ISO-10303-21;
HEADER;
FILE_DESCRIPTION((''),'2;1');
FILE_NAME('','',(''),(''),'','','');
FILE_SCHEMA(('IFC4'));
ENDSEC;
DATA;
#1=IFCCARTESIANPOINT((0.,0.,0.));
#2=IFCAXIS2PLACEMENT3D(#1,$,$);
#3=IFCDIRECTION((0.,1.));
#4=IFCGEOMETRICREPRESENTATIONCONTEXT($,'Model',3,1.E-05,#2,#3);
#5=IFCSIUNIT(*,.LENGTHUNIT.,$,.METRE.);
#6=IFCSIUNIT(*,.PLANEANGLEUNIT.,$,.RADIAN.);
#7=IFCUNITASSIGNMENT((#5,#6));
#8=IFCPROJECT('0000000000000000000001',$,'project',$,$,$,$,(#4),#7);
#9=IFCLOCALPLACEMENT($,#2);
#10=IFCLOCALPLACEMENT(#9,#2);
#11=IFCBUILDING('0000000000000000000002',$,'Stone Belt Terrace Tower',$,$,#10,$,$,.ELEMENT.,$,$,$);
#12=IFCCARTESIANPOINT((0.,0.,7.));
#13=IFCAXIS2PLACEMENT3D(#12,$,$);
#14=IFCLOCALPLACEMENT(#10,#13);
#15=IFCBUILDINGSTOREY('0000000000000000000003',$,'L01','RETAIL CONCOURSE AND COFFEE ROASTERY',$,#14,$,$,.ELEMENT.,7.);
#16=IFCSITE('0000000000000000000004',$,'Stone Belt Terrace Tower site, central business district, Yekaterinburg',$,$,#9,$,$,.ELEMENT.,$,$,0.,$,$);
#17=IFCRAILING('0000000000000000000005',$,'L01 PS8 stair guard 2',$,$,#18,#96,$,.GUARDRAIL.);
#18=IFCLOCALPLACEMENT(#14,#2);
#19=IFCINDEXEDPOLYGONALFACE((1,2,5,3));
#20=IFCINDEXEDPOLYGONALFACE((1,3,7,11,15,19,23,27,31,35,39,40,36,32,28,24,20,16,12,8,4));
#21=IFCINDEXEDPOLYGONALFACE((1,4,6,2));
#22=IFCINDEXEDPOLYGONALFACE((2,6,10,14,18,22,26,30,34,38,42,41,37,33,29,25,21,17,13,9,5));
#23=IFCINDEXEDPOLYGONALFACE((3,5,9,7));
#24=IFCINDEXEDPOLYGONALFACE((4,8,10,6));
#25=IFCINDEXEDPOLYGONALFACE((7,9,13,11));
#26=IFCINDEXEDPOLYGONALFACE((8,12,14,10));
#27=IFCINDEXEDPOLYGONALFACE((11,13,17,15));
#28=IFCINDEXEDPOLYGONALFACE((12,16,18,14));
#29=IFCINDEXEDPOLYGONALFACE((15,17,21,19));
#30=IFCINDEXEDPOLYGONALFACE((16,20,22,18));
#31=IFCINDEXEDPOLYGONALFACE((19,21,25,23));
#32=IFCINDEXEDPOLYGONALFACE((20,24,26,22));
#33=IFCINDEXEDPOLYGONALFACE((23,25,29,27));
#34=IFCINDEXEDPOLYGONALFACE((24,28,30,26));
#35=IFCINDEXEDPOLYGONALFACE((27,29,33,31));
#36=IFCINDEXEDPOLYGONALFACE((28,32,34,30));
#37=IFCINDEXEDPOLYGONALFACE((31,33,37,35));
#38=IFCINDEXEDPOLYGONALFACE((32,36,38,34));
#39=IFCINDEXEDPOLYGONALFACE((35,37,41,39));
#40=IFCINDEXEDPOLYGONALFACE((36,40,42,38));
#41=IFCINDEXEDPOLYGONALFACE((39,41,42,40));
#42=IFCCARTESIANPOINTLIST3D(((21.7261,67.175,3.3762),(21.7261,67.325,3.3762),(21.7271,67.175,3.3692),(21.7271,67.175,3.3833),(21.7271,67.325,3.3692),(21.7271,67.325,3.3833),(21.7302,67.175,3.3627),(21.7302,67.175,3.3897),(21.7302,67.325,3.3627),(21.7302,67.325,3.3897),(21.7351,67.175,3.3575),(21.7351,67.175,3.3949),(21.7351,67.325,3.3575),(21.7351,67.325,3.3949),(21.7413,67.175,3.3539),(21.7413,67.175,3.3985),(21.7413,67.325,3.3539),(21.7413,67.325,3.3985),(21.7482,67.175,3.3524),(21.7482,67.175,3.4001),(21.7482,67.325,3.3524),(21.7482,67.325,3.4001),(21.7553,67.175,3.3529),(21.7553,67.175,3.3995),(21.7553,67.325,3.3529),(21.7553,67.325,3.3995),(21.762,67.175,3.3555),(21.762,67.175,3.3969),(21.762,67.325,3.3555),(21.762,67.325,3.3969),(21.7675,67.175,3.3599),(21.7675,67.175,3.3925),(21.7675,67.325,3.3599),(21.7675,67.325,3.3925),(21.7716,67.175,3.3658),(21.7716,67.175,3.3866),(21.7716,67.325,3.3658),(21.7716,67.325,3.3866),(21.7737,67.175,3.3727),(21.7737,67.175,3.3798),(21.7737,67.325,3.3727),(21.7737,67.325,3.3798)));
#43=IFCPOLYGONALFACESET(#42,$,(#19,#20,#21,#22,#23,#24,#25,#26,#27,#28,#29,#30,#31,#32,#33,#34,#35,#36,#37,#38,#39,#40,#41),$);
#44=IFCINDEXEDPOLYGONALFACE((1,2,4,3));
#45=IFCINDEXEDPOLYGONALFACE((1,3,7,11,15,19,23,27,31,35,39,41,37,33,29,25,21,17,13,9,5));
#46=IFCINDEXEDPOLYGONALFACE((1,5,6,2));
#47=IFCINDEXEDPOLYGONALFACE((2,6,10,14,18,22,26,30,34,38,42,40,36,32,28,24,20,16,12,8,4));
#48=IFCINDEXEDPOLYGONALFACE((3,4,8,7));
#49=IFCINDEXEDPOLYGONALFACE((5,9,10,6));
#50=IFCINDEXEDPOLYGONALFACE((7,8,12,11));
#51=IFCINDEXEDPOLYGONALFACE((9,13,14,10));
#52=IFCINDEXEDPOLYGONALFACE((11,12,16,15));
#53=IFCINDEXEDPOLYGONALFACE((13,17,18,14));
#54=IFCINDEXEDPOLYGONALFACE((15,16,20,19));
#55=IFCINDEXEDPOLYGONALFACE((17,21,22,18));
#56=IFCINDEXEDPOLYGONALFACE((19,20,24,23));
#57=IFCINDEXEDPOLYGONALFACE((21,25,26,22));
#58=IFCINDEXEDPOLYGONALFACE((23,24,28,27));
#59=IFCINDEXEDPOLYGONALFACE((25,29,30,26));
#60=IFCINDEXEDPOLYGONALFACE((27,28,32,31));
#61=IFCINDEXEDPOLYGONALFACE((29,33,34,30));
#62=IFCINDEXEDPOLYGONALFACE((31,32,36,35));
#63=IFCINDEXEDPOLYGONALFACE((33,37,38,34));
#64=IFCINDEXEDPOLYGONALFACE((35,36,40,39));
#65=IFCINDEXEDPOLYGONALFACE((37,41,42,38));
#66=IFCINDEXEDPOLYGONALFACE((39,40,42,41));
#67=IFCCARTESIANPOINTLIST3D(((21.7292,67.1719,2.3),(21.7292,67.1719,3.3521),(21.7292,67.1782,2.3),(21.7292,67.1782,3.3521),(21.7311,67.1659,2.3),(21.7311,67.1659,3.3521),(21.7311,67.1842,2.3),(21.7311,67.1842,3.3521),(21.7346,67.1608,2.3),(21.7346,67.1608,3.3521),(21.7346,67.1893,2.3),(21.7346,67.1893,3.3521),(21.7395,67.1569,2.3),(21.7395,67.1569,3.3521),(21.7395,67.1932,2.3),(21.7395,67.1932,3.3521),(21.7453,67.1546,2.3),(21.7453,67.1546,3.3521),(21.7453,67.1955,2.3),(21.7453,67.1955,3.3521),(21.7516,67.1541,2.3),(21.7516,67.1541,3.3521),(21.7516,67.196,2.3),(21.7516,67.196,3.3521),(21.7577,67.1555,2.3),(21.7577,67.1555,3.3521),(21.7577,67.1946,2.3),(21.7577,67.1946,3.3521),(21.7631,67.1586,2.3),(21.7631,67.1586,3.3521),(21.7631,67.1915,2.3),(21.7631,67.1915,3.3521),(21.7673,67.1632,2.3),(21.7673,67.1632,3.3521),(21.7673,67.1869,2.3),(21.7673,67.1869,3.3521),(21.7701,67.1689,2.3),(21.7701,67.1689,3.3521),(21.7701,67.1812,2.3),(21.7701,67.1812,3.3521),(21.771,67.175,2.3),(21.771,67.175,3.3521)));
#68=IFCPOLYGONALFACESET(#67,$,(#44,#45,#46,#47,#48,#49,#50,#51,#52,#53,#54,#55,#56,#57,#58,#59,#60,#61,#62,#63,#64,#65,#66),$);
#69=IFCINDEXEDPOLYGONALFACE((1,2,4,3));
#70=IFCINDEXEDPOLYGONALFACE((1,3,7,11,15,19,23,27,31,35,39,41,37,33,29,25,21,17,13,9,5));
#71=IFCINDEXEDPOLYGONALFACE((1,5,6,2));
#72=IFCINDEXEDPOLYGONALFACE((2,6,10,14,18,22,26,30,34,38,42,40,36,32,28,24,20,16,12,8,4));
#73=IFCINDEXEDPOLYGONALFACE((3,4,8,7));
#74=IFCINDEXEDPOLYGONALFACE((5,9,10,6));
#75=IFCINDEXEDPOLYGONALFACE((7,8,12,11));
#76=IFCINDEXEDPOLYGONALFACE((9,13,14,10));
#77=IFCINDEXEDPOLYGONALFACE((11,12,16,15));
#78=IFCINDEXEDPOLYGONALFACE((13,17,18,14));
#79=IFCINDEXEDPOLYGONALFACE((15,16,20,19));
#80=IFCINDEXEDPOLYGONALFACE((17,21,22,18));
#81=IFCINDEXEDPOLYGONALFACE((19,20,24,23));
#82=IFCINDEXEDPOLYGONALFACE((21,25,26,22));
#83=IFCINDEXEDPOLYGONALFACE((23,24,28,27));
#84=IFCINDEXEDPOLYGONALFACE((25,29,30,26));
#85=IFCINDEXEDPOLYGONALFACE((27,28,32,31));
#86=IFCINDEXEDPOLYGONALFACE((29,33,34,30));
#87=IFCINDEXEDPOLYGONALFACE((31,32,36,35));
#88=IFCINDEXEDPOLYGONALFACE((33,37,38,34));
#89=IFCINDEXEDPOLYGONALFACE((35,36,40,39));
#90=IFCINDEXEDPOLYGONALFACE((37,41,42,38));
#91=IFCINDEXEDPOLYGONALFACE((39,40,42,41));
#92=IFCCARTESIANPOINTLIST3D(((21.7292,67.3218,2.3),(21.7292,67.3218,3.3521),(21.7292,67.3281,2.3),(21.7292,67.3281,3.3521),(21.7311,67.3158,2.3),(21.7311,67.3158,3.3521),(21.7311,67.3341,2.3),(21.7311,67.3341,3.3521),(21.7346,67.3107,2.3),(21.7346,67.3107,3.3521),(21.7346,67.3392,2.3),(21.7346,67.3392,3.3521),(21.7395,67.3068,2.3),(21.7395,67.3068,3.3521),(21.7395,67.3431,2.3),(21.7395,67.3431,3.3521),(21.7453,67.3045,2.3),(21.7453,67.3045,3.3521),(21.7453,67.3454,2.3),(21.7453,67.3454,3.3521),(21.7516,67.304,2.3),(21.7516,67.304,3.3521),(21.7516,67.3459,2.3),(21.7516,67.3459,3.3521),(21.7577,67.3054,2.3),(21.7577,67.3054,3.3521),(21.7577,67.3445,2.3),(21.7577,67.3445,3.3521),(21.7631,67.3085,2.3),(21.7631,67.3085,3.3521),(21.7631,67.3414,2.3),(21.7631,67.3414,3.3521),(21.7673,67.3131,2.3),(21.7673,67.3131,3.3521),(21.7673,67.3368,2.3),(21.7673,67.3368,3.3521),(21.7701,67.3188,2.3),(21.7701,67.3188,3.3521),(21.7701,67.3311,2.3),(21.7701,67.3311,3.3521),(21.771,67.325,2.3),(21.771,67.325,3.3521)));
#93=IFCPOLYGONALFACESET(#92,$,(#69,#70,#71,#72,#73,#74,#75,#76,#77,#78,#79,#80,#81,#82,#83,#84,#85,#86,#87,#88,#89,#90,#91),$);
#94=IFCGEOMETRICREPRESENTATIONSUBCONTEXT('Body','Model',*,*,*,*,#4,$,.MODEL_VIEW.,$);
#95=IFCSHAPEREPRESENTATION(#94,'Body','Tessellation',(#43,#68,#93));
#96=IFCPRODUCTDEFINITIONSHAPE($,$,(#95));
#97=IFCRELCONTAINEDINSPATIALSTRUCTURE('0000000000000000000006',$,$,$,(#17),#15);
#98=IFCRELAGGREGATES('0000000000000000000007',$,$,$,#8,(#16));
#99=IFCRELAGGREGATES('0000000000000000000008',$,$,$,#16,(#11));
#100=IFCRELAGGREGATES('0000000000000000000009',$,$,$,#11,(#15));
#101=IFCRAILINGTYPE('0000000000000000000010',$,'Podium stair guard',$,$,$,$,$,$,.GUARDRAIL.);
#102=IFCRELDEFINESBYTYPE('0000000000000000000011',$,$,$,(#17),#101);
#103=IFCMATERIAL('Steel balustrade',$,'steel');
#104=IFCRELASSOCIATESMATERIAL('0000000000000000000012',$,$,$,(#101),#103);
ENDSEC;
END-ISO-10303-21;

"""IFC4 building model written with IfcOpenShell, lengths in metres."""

from ifc_helpers import new_model, si_unit, direction, frame, origin, origin_2d, place, context, subcontext, project, spatial, circle, extrude, material, type_object, element, save


model = new_model("IFC4")

# Units and contexts
model_context = context("Model", 3, precision=1e-05, world=origin(), true_north=direction((0.0, 1.0)))
body_context = subcontext(model_context, "Body", "Model", "MODEL_VIEW")
ifc_project = project(units=[si_unit("LENGTHUNIT", "METRE"), si_unit("PLANEANGLEUNIT", "RADIAN")], contexts=[model_context])

# Site, building, storey
site_placement = place(None, origin())
site = spatial("IfcSite", under=ifc_project, at=site_placement, Name="Stone Belt Terrace Tower site, central business district, Yekaterinburg", CompositionType="ELEMENT", RefElevation=0.0)
building_placement = place(site_placement, origin())
building = spatial("IfcBuilding", under=site, at=building_placement, Name="Stone Belt Terrace Tower", CompositionType="ELEMENT")
storey_placement = place(building_placement, frame((0.0, 0.0, 7.0)))
storey = spatial("IfcBuildingStorey", under=building, at=storey_placement, Name="L01", Description="RETAIL CONCOURSE AND COFFEE ROASTERY", CompositionType="ELEMENT", Elevation=7.0)

# Railing
ifc_material_1 = material(Name="Steel balustrade", Category="steel")
railing_type_1 = type_object("IfcRailingType", Name="Podium stair guard", PredefinedType="GUARDRAIL", material=ifc_material_1)
railing_1_placement = place(storey_placement, frame((21.75, 67.175, 2.3)))
element("IfcRailing", 1, at=railing_1_placement, inside=storey, type_object=railing_type_1, Name="L01 PS8 stair guard 2", PredefinedType="GUARDRAIL", context=body_context, shape_type="SweptSolid", body=[
    extrude(circle(Radius=0.0239, at=origin_2d()), frame((0.0, 0.0, 1.0762), z_axis=(0.0, 1.0, 0.0), x_axis=(-1.0, 0.0, 0.0)), (0.0, 0.0, 1.0), 0.1499),
    extrude(circle(Radius=0.021, at=origin_2d()), origin(), (0.0, 0.0, 1.0), 1.052),
    extrude(circle(Radius=0.021, at=origin_2d()), frame((0.0, 0.1499, 0.0)), (0.0, 0.0, 1.0), 1.052),
])

save(model, "model.ifc")
